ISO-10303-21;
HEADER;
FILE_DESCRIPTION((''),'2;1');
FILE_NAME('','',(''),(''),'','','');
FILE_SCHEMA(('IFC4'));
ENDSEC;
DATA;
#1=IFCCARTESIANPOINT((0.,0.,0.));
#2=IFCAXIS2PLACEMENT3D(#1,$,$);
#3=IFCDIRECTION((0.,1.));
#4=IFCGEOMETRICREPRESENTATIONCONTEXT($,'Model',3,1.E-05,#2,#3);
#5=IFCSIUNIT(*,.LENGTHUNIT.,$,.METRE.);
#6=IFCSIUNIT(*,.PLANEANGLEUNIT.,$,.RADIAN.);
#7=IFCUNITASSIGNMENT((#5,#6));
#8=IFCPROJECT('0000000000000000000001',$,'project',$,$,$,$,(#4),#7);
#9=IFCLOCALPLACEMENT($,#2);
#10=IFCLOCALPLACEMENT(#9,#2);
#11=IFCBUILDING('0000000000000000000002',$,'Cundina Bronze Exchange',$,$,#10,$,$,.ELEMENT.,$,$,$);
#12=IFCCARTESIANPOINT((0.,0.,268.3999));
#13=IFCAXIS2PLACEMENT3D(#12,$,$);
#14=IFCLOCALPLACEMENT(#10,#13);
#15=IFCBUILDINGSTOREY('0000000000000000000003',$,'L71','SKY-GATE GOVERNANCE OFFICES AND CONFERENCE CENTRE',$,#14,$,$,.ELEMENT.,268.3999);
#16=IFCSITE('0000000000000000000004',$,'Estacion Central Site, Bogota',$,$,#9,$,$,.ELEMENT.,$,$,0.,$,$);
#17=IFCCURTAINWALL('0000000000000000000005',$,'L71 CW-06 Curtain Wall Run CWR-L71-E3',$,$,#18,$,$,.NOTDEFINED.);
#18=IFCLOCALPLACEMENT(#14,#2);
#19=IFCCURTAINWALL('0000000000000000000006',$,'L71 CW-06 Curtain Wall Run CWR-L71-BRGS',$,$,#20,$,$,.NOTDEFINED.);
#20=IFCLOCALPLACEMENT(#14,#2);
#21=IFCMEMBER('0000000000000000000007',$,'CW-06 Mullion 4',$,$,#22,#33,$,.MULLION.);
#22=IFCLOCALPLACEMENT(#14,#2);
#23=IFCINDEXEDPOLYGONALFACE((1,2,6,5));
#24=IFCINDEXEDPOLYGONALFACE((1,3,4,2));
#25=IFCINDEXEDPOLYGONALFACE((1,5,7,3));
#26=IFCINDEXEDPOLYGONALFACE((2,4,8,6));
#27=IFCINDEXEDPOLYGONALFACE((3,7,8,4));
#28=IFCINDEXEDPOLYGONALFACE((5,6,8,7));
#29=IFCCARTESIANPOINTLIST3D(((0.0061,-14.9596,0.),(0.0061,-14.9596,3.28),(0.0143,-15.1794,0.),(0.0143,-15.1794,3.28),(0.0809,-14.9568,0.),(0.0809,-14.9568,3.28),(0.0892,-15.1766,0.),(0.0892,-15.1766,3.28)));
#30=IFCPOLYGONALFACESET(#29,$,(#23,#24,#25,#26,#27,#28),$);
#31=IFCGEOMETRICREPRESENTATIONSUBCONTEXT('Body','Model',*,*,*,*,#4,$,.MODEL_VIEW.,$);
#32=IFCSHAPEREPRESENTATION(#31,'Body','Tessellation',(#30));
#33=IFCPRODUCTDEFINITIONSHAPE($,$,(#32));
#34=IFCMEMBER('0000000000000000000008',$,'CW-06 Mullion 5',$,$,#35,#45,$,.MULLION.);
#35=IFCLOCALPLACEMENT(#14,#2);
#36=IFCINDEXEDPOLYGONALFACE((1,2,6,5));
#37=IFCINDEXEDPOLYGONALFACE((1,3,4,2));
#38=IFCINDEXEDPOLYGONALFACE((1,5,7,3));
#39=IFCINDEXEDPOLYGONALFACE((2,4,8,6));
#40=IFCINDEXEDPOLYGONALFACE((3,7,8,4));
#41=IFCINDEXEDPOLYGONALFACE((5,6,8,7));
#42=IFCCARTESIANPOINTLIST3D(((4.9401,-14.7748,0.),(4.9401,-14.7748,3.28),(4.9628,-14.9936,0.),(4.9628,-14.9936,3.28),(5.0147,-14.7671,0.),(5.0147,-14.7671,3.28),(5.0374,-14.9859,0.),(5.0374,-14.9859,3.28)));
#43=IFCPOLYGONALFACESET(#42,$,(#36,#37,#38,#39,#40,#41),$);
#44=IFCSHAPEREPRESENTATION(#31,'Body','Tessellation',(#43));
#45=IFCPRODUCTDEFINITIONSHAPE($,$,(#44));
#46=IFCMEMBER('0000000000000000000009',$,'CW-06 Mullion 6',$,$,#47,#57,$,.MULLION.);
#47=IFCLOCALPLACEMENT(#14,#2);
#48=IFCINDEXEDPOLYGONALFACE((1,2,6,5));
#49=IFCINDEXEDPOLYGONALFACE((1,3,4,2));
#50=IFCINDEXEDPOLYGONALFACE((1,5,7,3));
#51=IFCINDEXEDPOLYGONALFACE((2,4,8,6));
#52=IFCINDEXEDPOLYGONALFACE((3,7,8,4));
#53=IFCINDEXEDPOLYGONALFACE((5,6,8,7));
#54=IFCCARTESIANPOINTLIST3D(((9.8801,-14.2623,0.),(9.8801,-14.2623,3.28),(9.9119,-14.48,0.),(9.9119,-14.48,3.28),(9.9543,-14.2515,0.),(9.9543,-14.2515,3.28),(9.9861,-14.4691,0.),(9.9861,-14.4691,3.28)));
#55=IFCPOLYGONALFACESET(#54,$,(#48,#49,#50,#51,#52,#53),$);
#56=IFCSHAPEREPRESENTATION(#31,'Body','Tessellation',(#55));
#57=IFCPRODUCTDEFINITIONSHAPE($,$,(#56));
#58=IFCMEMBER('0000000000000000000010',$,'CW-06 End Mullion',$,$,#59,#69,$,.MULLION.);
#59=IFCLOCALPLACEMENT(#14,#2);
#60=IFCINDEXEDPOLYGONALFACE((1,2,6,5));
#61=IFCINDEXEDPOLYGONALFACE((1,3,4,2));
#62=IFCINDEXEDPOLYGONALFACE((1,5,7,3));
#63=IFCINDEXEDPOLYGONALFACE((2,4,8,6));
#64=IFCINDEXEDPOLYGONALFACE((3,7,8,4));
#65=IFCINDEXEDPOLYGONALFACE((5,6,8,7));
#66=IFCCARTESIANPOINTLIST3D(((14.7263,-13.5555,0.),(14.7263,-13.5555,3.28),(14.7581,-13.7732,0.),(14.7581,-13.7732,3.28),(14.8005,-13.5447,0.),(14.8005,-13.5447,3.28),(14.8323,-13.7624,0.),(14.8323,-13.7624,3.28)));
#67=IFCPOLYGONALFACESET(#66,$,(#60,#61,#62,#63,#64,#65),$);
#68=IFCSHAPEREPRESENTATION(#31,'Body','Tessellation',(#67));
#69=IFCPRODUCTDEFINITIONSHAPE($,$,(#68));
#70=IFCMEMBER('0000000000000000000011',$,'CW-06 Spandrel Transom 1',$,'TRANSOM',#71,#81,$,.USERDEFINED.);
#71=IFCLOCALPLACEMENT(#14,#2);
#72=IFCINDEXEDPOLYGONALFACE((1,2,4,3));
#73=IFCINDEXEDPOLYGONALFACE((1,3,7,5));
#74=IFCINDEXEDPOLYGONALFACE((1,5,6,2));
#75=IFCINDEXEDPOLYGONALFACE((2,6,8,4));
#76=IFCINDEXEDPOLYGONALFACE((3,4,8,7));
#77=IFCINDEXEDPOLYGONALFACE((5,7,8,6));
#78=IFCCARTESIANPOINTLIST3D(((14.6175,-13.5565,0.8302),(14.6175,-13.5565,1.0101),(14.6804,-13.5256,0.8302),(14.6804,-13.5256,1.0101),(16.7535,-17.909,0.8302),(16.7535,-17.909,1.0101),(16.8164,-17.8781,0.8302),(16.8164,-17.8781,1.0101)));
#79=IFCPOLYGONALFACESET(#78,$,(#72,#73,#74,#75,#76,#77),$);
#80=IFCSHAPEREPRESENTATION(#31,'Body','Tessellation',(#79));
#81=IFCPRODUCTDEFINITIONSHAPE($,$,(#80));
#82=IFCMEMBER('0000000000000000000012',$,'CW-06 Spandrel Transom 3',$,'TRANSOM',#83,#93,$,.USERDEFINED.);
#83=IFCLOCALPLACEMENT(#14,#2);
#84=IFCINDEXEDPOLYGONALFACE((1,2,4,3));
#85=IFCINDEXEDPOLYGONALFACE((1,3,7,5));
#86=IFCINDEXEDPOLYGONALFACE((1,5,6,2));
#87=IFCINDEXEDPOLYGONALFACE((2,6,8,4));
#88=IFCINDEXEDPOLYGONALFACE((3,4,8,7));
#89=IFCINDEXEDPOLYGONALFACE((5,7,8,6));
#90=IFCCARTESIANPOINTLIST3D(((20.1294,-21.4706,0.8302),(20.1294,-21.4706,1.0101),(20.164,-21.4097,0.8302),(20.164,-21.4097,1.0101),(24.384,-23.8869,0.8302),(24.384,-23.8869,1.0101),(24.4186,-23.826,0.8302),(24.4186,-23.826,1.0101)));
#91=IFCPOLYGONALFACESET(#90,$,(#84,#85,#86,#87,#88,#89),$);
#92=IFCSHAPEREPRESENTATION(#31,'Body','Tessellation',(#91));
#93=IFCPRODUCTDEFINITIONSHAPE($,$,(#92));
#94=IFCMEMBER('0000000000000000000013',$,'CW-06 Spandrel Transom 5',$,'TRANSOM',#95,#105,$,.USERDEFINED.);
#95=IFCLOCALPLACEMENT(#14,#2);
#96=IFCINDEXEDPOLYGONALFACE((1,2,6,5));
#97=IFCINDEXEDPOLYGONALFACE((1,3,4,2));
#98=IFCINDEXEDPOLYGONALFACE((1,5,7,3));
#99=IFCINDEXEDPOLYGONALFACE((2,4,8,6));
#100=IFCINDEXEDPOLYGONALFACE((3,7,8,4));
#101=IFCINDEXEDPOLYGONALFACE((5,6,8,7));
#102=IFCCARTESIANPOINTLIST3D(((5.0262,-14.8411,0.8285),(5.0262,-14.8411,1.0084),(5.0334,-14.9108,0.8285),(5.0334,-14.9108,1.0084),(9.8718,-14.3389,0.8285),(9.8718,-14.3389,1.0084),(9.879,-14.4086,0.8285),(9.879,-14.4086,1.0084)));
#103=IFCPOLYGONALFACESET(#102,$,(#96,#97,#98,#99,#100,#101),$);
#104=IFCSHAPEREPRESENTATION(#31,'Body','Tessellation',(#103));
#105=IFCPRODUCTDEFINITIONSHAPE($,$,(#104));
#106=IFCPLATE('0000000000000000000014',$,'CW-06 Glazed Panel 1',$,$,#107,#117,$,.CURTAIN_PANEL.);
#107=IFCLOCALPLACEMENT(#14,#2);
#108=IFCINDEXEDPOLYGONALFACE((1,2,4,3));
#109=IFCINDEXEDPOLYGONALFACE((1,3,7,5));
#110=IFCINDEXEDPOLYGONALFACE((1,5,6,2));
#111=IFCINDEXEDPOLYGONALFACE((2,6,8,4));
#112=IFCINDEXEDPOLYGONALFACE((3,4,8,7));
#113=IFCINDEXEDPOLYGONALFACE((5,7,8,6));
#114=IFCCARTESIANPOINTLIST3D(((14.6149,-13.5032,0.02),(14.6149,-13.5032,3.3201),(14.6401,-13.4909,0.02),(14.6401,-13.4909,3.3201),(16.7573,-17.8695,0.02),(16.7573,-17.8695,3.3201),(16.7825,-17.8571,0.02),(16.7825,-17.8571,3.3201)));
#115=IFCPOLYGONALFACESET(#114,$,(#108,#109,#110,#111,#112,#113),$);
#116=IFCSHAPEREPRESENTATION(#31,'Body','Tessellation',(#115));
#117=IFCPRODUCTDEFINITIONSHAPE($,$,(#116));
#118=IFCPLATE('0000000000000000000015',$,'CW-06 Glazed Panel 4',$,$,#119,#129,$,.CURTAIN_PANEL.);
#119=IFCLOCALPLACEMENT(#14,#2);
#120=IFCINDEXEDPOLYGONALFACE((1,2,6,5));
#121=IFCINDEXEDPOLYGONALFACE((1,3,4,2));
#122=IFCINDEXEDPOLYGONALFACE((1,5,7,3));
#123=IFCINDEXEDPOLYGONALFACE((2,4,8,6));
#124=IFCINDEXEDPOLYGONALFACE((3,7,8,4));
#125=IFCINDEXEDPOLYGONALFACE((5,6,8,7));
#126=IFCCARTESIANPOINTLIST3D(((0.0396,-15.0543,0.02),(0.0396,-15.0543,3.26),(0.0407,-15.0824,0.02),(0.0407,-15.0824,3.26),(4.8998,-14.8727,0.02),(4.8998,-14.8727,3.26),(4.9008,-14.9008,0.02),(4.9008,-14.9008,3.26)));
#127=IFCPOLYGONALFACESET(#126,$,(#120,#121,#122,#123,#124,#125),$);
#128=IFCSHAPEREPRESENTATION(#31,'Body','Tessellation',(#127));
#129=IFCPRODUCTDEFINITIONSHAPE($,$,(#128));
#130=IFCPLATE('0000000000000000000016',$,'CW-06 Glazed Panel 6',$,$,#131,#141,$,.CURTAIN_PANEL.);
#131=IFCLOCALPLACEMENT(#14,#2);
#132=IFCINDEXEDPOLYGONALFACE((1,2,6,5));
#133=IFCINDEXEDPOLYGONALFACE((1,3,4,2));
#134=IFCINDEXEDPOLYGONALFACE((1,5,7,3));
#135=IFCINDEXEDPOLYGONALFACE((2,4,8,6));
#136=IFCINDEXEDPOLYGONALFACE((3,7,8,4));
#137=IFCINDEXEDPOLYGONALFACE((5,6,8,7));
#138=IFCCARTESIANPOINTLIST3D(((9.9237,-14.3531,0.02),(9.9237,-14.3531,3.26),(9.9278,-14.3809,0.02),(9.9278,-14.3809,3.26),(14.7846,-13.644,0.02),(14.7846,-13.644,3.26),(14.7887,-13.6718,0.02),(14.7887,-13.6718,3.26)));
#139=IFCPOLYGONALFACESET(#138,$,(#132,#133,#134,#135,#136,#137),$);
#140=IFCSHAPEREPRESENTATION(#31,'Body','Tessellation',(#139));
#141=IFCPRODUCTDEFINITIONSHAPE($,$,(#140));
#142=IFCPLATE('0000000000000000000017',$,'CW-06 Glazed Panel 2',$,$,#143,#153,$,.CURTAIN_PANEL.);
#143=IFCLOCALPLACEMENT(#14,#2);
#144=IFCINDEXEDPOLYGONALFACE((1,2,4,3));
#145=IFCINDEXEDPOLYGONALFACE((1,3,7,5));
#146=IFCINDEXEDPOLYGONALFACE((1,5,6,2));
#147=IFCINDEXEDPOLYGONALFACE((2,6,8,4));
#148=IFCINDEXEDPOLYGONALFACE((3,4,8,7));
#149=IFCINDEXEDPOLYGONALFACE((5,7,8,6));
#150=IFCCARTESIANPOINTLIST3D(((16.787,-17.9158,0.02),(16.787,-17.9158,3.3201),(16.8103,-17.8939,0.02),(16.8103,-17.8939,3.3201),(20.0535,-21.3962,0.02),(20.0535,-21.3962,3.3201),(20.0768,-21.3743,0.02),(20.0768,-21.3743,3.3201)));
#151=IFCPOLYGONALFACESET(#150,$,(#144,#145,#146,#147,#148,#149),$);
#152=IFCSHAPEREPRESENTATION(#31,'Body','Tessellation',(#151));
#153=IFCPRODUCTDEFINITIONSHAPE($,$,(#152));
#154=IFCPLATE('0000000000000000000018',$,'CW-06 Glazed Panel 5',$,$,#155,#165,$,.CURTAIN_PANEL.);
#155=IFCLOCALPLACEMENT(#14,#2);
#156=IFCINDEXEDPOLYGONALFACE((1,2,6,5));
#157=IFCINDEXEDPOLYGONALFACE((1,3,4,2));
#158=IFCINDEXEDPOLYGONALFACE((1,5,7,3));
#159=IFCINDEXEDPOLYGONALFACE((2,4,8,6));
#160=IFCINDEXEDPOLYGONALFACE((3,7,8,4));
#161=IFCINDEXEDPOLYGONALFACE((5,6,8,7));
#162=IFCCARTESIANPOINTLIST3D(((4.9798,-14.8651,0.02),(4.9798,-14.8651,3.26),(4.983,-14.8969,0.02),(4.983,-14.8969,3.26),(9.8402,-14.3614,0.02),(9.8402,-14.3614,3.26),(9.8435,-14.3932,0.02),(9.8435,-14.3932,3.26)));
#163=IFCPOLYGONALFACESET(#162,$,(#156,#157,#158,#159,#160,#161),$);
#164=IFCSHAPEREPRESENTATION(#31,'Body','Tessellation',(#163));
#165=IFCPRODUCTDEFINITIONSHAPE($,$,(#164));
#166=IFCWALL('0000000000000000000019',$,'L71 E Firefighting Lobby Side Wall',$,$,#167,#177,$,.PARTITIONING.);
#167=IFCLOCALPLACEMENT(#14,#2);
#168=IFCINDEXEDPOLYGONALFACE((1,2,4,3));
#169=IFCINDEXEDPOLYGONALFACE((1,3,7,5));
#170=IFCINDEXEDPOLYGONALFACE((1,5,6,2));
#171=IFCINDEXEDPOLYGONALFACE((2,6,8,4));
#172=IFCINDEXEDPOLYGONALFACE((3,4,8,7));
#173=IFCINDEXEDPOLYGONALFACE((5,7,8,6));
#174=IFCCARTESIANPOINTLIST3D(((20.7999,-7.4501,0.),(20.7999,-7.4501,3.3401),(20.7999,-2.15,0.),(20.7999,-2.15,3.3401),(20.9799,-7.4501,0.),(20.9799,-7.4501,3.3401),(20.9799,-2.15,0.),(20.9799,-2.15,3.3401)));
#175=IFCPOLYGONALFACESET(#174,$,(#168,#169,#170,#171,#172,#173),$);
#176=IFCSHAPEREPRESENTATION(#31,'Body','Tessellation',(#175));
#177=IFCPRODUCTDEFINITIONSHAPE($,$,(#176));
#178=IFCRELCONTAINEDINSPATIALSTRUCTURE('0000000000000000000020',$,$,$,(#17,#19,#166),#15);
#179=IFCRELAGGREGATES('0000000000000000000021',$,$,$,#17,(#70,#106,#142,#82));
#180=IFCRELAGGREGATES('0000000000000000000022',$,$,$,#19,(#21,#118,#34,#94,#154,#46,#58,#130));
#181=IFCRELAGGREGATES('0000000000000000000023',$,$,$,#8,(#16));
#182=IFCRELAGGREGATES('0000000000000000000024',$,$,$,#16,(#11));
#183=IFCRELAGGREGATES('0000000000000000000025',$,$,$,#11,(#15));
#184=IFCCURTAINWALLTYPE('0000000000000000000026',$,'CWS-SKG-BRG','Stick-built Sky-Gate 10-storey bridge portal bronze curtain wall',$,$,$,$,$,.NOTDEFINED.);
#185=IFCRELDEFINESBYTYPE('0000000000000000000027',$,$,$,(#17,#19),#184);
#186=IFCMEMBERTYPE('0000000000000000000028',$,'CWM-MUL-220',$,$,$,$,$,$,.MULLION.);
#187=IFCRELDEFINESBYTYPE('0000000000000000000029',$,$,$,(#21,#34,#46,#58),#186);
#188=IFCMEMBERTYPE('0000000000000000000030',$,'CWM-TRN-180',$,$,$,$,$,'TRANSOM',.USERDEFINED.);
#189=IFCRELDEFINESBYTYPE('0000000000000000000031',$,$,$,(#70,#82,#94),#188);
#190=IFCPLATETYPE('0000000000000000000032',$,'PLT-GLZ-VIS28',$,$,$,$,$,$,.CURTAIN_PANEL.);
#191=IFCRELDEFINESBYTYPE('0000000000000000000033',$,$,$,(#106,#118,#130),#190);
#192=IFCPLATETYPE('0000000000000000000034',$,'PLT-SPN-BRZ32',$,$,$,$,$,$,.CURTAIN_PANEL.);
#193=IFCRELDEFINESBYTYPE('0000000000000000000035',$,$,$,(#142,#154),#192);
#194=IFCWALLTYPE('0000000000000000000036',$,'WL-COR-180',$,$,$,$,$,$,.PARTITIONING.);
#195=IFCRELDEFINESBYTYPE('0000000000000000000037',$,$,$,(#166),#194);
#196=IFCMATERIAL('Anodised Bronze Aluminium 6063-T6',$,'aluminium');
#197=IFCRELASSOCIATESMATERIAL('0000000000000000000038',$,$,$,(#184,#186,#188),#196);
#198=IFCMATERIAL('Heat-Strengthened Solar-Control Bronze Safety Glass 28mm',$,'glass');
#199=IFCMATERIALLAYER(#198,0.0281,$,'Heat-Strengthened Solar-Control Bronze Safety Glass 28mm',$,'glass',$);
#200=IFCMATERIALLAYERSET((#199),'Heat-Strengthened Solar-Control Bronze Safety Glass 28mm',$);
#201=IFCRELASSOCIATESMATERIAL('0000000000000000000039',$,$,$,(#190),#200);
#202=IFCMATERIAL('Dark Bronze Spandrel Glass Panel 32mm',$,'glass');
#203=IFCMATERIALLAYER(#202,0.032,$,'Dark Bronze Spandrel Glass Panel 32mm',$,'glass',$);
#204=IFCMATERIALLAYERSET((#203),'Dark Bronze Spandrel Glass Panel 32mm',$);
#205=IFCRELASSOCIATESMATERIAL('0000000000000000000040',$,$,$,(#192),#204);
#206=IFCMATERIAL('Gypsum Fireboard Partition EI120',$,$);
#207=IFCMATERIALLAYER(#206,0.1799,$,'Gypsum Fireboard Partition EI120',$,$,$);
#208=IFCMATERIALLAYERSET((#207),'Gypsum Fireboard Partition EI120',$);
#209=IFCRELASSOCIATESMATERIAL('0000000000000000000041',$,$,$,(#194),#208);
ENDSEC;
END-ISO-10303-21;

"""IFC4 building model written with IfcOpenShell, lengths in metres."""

from ifc_helpers import new_model, si_unit, direction, frame, frame_2d, origin, origin_2d, place, context, subcontext, project, spatial, rectangle, extrude, material, layer, layer_set, material_profile, profile_set, type_object, element, aggregate, save


model = new_model("IFC4")

# Units and contexts
model_context = context("Model", 3, precision=1e-05, world=origin(), true_north=direction((0.0, 1.0)))
body_context = subcontext(model_context, "Body", "Model", "MODEL_VIEW")
ifc_project = project(units=[si_unit("LENGTHUNIT", "METRE"), si_unit("PLANEANGLEUNIT", "RADIAN")], contexts=[model_context])

# Site, building, storey
site_placement = place(None, origin())
site = spatial("IfcSite", under=ifc_project, at=site_placement, Name="Estacion Central Site, Bogota", CompositionType="ELEMENT", RefElevation=0.0)
building_placement = place(site_placement, origin())
building = spatial("IfcBuilding", under=site, at=building_placement, Name="Cundina Bronze Exchange", CompositionType="ELEMENT")
storey_placement = place(building_placement, frame((0.0, 0.0, 268.3999)))
storey = spatial("IfcBuildingStorey", under=building, at=storey_placement, Name="L71", Description="SKY-GATE GOVERNANCE OFFICES AND CONFERENCE CENTRE", CompositionType="ELEMENT", Elevation=268.3999)

# Curtain walls, members
ifc_material_1 = material(Name="Anodised Bronze Aluminium 6063-T6", Category="aluminium")
curtain_wall_type = type_object("IfcCurtainWallType", Name="CWS-SKG-BRG", Description="Stick-built Sky-Gate 10-storey bridge portal bronze curtain wall", PredefinedType="NOTDEFINED", material=ifc_material_1)
curtain_wall_1_placement = place(storey_placement, origin())
curtain_wall_1 = element("IfcCurtainWall", 1, at=curtain_wall_1_placement, inside=storey, type_object=curtain_wall_type, Name="L71 CW-06 Curtain Wall Run CWR-L71-E3", PredefinedType="NOTDEFINED")
ifc_material_profile_1 = material_profile(ifc_material_1, rectangle(XDim=0.075, YDim=0.22, at=origin_2d()), Name="AL75X220", Category="aluminium")
ifc_profile_set_1 = profile_set([ifc_material_profile_1], Name="Anodised Bronze Aluminium 6063-T6")
member_type_1 = type_object("IfcMemberType", Name="CWM-MUL-220", PredefinedType="MULLION", material=ifc_profile_set_1)
curtain_wall_2_placement = place(storey_placement, origin())
curtain_wall_2 = element("IfcCurtainWall", 2, at=curtain_wall_2_placement, inside=storey, type_object=curtain_wall_type, Name="L71 CW-06 Curtain Wall Run CWR-L71-BRGS", PredefinedType="NOTDEFINED")
member_1_placement = place(storey_placement, frame((0.0476, -15.0681, 0.0), z_axis=(0.0, 0.0, 1.0), x_axis=(0.999303, 0.037341, 0.0)))
member_1 = element("IfcMember", 3, at=member_1_placement, type_object=member_type_1, Name="CW-06 Mullion 4", PredefinedType="MULLION", context=body_context, shape_type="SweptSolid", body=[
    extrude(rectangle(XDim=0.075, YDim=0.22, at=origin_2d()), origin(), (0.0, 0.0, 1.0), 3.28),
])
member_2_placement = place(storey_placement, frame((4.9888, -14.8804, 0.0), z_axis=(0.0, 0.0, 1.0), x_axis=(0.994667, 0.10314, 0.0)))
member_2 = element("IfcMember", 4, at=member_2_placement, type_object=member_type_1, Name="CW-06 Mullion 5", PredefinedType="MULLION", context=body_context, shape_type="SweptSolid", body=[
    extrude(rectangle(XDim=0.075, YDim=0.22, at=origin_2d()), origin(), (0.0, 0.0, 1.0), 3.28),
])
member_3_placement = place(storey_placement, frame((9.9331, -14.3657, 0.0), z_axis=(0.0, 0.0, 1.0), x_axis=(0.989526, 0.144356, 0.0)))
member_3 = element("IfcMember", 5, at=member_3_placement, type_object=member_type_1, Name="CW-06 Mullion 6", PredefinedType="MULLION", context=body_context, shape_type="SweptSolid", body=[
    extrude(rectangle(XDim=0.075, YDim=0.22, at=origin_2d()), origin(), (0.0, 0.0, 1.0), 3.28),
])
member_4_placement = place(storey_placement, frame((14.7793, -13.6589, 0.0), z_axis=(0.0, 0.0, 1.0), x_axis=(0.989526, 0.144356, 0.0)))
member_4 = element("IfcMember", 6, at=member_4_placement, type_object=member_type_1, Name="CW-06 End Mullion", PredefinedType="MULLION", context=body_context, shape_type="SweptSolid", body=[
    extrude(rectangle(XDim=0.075, YDim=0.22, at=origin_2d()), origin(), (0.0, 0.0, 1.0), 3.28),
])

# Members
ifc_material_profile_2 = material_profile(ifc_material_1, rectangle(XDim=0.0701, YDim=0.1799, at=origin_2d()), Name="AL70X180", Category="aluminium")
ifc_profile_set_2 = profile_set([ifc_material_profile_2], Name="Anodised Bronze Aluminium 6063-T6")
member_type_2 = type_object("IfcMemberType", Name="CWM-TRN-180", ElementType="TRANSOM", PredefinedType="USERDEFINED", material=ifc_profile_set_2)
member_5_placement = place(storey_placement, frame((14.6489, -13.541, 0.9202), z_axis=(0.440554, -0.897726, 0.0), x_axis=(0.897726, 0.440554, 0.0)))
member_5 = element("IfcMember", 7, at=member_5_placement, type_object=member_type_2, Name="CW-06 Spandrel Transom 1", ObjectType="TRANSOM", PredefinedType="USERDEFINED", context=body_context, shape_type="SweptSolid", body=[
    extrude(rectangle(XDim=0.0701, YDim=0.1799, at=origin_2d()), origin(), (0.0, 0.0, 1.0), 4.8484),
])
member_6_placement = place(storey_placement, frame((20.1467, -21.4402, 0.9202), z_axis=(0.869557, -0.493832, 0.0), x_axis=(0.493832, 0.869557, 0.0)))
member_6 = element("IfcMember", 8, at=member_6_placement, type_object=member_type_2, Name="CW-06 Spandrel Transom 3", ObjectType="TRANSOM", PredefinedType="USERDEFINED", context=body_context, shape_type="SweptSolid", body=[
    extrude(rectangle(XDim=0.0701, YDim=0.1799, at=origin_2d()), origin(), (0.0, 0.0, 1.0), 4.8928),
])
member_7_placement = place(storey_placement, frame((5.0298, -14.876, 0.9185), z_axis=(0.994672, 0.103086, 0.0), x_axis=(-0.103086, 0.994672, 0.0)))
member_7 = element("IfcMember", 9, at=member_7_placement, type_object=member_type_2, Name="CW-06 Spandrel Transom 5", ObjectType="TRANSOM", PredefinedType="USERDEFINED", context=body_context, shape_type="SweptSolid", body=[
    extrude(rectangle(XDim=0.0701, YDim=0.1799, at=origin_2d()), origin(), (0.0, 0.0, 1.0), 4.8716),
])

# Plates
ifc_material_2 = material(Name="Heat-Strengthened Solar-Control Bronze Safety Glass 28mm", Category="glass")
ifc_layer_1 = layer(ifc_material_2, 0.0281, Name="Heat-Strengthened Solar-Control Bronze Safety Glass 28mm", Category="glass")
ifc_layer_set_1 = layer_set([ifc_layer_1], Name="Heat-Strengthened Solar-Control Bronze Safety Glass 28mm")
plate_type_1 = type_object("IfcPlateType", Name="PLT-GLZ-VIS28", PredefinedType="CURTAIN_PANEL", material=ifc_layer_set_1)
plate_1_placement = place(storey_placement, frame((15.6987, -15.6802, 0.02), z_axis=(0.0, 0.0, 1.0), x_axis=(0.440503, -0.897751, 0.0)))
plate_1 = element("IfcPlate", 10, at=plate_1_placement, type_object=plate_type_1, Name="CW-06 Glazed Panel 1", PredefinedType="CURTAIN_PANEL", context=body_context, shape_type="SweptSolid", body=[
    extrude(rectangle(XDim=4.8635, YDim=0.0281, at=origin_2d()), origin(), (0.0, 0.0, 1.0), 3.3),
])
plate_2_placement = place(storey_placement, frame((2.4702, -14.9775, 0.02), z_axis=(0.0, 0.0, 1.0), x_axis=(0.999303, 0.037341, 0.0)))
plate_2 = element("IfcPlate", 11, at=plate_2_placement, type_object=plate_type_1, Name="CW-06 Glazed Panel 4", PredefinedType="CURTAIN_PANEL", context=body_context, shape_type="SweptSolid", body=[
    extrude(rectangle(XDim=4.8635, YDim=0.0281, at=origin_2d()), origin(), (0.0, 0.0, 1.0), 3.24),
])
plate_3_placement = place(storey_placement, frame((12.3562, -14.0125, 0.02), z_axis=(0.0, 0.0, 1.0), x_axis=(0.989528, 0.144339, 0.0)))
plate_3 = element("IfcPlate", 12, at=plate_3_placement, type_object=plate_type_1, Name="CW-06 Glazed Panel 6", PredefinedType="CURTAIN_PANEL", context=body_context, shape_type="SweptSolid", body=[
    extrude(rectangle(XDim=4.9124, YDim=0.0281, at=origin_2d()), origin(), (0.0, 0.0, 1.0), 3.24),
])
ifc_material_3 = material(Name="Dark Bronze Spandrel Glass Panel 32mm", Category="glass")
ifc_layer_2 = layer(ifc_material_3, 0.032, Name="Dark Bronze Spandrel Glass Panel 32mm", Category="glass")
ifc_layer_set_2 = layer_set([ifc_layer_2], Name="Dark Bronze Spandrel Glass Panel 32mm")
plate_type_2 = type_object("IfcPlateType", Name="PLT-SPN-BRZ32", PredefinedType="CURTAIN_PANEL", material=ifc_layer_set_2)
plate_4_placement = place(storey_placement, frame((18.4319, -19.645, 0.02), z_axis=(0.0, 0.0, 1.0), x_axis=(0.684344, -0.72916, 0.0)))
plate_4 = element("IfcPlate", 13, at=plate_4_placement, type_object=plate_type_2, Name="CW-06 Glazed Panel 2", PredefinedType="CURTAIN_PANEL", context=body_context, shape_type="SweptSolid", body=[
    extrude(rectangle(XDim=4.7732, YDim=0.032, at=origin_2d()), origin(), (0.0, 0.0, 1.0), 3.3),
])
aggregate(curtain_wall_1, [member_5, plate_1, plate_4, member_6])
plate_5_placement = place(storey_placement, frame((7.4116, -14.6292, 0.02), z_axis=(0.0, 0.0, 1.0), x_axis=(0.994672, 0.103088, 0.0)))
plate_5 = element("IfcPlate", 14, at=plate_5_placement, type_object=plate_type_2, Name="CW-06 Glazed Panel 5", PredefinedType="CURTAIN_PANEL", context=body_context, shape_type="SweptSolid", body=[
    extrude(rectangle(XDim=4.8865, YDim=0.032, at=origin_2d()), origin(), (0.0, 0.0, 1.0), 3.24),
])
aggregate(curtain_wall_2, [member_1, plate_2, member_2, member_7, plate_5, member_3, member_4, plate_3])

# Wall
ifc_material_4 = material(Name="Gypsum Fireboard Partition EI120")
ifc_layer_3 = layer(ifc_material_4, 0.1799, Name="Gypsum Fireboard Partition EI120")
ifc_layer_set_3 = layer_set([ifc_layer_3], Name="Gypsum Fireboard Partition EI120")
wall_type = type_object("IfcWallType", Name="WL-COR-180", PredefinedType="PARTITIONING", material=ifc_layer_set_3)
wall_1_placement = place(storey_placement, frame((20.8899, -7.45, 0.0), z_axis=(0.0, 0.0, 1.0), x_axis=(0.0, 1.0, 0.0)))
element("IfcWall", 15, at=wall_1_placement, inside=storey, type_object=wall_type, Name="L71 E Firefighting Lobby Side Wall", PredefinedType="PARTITIONING", context=body_context, shape_type="SweptSolid", body=[
    extrude(rectangle(XDim=5.3, YDim=0.1799, at=frame_2d((2.6499, 0.0))), origin(), (0.0, 0.0, 1.0), 3.3401),
])

save(model, "model.ifc")
